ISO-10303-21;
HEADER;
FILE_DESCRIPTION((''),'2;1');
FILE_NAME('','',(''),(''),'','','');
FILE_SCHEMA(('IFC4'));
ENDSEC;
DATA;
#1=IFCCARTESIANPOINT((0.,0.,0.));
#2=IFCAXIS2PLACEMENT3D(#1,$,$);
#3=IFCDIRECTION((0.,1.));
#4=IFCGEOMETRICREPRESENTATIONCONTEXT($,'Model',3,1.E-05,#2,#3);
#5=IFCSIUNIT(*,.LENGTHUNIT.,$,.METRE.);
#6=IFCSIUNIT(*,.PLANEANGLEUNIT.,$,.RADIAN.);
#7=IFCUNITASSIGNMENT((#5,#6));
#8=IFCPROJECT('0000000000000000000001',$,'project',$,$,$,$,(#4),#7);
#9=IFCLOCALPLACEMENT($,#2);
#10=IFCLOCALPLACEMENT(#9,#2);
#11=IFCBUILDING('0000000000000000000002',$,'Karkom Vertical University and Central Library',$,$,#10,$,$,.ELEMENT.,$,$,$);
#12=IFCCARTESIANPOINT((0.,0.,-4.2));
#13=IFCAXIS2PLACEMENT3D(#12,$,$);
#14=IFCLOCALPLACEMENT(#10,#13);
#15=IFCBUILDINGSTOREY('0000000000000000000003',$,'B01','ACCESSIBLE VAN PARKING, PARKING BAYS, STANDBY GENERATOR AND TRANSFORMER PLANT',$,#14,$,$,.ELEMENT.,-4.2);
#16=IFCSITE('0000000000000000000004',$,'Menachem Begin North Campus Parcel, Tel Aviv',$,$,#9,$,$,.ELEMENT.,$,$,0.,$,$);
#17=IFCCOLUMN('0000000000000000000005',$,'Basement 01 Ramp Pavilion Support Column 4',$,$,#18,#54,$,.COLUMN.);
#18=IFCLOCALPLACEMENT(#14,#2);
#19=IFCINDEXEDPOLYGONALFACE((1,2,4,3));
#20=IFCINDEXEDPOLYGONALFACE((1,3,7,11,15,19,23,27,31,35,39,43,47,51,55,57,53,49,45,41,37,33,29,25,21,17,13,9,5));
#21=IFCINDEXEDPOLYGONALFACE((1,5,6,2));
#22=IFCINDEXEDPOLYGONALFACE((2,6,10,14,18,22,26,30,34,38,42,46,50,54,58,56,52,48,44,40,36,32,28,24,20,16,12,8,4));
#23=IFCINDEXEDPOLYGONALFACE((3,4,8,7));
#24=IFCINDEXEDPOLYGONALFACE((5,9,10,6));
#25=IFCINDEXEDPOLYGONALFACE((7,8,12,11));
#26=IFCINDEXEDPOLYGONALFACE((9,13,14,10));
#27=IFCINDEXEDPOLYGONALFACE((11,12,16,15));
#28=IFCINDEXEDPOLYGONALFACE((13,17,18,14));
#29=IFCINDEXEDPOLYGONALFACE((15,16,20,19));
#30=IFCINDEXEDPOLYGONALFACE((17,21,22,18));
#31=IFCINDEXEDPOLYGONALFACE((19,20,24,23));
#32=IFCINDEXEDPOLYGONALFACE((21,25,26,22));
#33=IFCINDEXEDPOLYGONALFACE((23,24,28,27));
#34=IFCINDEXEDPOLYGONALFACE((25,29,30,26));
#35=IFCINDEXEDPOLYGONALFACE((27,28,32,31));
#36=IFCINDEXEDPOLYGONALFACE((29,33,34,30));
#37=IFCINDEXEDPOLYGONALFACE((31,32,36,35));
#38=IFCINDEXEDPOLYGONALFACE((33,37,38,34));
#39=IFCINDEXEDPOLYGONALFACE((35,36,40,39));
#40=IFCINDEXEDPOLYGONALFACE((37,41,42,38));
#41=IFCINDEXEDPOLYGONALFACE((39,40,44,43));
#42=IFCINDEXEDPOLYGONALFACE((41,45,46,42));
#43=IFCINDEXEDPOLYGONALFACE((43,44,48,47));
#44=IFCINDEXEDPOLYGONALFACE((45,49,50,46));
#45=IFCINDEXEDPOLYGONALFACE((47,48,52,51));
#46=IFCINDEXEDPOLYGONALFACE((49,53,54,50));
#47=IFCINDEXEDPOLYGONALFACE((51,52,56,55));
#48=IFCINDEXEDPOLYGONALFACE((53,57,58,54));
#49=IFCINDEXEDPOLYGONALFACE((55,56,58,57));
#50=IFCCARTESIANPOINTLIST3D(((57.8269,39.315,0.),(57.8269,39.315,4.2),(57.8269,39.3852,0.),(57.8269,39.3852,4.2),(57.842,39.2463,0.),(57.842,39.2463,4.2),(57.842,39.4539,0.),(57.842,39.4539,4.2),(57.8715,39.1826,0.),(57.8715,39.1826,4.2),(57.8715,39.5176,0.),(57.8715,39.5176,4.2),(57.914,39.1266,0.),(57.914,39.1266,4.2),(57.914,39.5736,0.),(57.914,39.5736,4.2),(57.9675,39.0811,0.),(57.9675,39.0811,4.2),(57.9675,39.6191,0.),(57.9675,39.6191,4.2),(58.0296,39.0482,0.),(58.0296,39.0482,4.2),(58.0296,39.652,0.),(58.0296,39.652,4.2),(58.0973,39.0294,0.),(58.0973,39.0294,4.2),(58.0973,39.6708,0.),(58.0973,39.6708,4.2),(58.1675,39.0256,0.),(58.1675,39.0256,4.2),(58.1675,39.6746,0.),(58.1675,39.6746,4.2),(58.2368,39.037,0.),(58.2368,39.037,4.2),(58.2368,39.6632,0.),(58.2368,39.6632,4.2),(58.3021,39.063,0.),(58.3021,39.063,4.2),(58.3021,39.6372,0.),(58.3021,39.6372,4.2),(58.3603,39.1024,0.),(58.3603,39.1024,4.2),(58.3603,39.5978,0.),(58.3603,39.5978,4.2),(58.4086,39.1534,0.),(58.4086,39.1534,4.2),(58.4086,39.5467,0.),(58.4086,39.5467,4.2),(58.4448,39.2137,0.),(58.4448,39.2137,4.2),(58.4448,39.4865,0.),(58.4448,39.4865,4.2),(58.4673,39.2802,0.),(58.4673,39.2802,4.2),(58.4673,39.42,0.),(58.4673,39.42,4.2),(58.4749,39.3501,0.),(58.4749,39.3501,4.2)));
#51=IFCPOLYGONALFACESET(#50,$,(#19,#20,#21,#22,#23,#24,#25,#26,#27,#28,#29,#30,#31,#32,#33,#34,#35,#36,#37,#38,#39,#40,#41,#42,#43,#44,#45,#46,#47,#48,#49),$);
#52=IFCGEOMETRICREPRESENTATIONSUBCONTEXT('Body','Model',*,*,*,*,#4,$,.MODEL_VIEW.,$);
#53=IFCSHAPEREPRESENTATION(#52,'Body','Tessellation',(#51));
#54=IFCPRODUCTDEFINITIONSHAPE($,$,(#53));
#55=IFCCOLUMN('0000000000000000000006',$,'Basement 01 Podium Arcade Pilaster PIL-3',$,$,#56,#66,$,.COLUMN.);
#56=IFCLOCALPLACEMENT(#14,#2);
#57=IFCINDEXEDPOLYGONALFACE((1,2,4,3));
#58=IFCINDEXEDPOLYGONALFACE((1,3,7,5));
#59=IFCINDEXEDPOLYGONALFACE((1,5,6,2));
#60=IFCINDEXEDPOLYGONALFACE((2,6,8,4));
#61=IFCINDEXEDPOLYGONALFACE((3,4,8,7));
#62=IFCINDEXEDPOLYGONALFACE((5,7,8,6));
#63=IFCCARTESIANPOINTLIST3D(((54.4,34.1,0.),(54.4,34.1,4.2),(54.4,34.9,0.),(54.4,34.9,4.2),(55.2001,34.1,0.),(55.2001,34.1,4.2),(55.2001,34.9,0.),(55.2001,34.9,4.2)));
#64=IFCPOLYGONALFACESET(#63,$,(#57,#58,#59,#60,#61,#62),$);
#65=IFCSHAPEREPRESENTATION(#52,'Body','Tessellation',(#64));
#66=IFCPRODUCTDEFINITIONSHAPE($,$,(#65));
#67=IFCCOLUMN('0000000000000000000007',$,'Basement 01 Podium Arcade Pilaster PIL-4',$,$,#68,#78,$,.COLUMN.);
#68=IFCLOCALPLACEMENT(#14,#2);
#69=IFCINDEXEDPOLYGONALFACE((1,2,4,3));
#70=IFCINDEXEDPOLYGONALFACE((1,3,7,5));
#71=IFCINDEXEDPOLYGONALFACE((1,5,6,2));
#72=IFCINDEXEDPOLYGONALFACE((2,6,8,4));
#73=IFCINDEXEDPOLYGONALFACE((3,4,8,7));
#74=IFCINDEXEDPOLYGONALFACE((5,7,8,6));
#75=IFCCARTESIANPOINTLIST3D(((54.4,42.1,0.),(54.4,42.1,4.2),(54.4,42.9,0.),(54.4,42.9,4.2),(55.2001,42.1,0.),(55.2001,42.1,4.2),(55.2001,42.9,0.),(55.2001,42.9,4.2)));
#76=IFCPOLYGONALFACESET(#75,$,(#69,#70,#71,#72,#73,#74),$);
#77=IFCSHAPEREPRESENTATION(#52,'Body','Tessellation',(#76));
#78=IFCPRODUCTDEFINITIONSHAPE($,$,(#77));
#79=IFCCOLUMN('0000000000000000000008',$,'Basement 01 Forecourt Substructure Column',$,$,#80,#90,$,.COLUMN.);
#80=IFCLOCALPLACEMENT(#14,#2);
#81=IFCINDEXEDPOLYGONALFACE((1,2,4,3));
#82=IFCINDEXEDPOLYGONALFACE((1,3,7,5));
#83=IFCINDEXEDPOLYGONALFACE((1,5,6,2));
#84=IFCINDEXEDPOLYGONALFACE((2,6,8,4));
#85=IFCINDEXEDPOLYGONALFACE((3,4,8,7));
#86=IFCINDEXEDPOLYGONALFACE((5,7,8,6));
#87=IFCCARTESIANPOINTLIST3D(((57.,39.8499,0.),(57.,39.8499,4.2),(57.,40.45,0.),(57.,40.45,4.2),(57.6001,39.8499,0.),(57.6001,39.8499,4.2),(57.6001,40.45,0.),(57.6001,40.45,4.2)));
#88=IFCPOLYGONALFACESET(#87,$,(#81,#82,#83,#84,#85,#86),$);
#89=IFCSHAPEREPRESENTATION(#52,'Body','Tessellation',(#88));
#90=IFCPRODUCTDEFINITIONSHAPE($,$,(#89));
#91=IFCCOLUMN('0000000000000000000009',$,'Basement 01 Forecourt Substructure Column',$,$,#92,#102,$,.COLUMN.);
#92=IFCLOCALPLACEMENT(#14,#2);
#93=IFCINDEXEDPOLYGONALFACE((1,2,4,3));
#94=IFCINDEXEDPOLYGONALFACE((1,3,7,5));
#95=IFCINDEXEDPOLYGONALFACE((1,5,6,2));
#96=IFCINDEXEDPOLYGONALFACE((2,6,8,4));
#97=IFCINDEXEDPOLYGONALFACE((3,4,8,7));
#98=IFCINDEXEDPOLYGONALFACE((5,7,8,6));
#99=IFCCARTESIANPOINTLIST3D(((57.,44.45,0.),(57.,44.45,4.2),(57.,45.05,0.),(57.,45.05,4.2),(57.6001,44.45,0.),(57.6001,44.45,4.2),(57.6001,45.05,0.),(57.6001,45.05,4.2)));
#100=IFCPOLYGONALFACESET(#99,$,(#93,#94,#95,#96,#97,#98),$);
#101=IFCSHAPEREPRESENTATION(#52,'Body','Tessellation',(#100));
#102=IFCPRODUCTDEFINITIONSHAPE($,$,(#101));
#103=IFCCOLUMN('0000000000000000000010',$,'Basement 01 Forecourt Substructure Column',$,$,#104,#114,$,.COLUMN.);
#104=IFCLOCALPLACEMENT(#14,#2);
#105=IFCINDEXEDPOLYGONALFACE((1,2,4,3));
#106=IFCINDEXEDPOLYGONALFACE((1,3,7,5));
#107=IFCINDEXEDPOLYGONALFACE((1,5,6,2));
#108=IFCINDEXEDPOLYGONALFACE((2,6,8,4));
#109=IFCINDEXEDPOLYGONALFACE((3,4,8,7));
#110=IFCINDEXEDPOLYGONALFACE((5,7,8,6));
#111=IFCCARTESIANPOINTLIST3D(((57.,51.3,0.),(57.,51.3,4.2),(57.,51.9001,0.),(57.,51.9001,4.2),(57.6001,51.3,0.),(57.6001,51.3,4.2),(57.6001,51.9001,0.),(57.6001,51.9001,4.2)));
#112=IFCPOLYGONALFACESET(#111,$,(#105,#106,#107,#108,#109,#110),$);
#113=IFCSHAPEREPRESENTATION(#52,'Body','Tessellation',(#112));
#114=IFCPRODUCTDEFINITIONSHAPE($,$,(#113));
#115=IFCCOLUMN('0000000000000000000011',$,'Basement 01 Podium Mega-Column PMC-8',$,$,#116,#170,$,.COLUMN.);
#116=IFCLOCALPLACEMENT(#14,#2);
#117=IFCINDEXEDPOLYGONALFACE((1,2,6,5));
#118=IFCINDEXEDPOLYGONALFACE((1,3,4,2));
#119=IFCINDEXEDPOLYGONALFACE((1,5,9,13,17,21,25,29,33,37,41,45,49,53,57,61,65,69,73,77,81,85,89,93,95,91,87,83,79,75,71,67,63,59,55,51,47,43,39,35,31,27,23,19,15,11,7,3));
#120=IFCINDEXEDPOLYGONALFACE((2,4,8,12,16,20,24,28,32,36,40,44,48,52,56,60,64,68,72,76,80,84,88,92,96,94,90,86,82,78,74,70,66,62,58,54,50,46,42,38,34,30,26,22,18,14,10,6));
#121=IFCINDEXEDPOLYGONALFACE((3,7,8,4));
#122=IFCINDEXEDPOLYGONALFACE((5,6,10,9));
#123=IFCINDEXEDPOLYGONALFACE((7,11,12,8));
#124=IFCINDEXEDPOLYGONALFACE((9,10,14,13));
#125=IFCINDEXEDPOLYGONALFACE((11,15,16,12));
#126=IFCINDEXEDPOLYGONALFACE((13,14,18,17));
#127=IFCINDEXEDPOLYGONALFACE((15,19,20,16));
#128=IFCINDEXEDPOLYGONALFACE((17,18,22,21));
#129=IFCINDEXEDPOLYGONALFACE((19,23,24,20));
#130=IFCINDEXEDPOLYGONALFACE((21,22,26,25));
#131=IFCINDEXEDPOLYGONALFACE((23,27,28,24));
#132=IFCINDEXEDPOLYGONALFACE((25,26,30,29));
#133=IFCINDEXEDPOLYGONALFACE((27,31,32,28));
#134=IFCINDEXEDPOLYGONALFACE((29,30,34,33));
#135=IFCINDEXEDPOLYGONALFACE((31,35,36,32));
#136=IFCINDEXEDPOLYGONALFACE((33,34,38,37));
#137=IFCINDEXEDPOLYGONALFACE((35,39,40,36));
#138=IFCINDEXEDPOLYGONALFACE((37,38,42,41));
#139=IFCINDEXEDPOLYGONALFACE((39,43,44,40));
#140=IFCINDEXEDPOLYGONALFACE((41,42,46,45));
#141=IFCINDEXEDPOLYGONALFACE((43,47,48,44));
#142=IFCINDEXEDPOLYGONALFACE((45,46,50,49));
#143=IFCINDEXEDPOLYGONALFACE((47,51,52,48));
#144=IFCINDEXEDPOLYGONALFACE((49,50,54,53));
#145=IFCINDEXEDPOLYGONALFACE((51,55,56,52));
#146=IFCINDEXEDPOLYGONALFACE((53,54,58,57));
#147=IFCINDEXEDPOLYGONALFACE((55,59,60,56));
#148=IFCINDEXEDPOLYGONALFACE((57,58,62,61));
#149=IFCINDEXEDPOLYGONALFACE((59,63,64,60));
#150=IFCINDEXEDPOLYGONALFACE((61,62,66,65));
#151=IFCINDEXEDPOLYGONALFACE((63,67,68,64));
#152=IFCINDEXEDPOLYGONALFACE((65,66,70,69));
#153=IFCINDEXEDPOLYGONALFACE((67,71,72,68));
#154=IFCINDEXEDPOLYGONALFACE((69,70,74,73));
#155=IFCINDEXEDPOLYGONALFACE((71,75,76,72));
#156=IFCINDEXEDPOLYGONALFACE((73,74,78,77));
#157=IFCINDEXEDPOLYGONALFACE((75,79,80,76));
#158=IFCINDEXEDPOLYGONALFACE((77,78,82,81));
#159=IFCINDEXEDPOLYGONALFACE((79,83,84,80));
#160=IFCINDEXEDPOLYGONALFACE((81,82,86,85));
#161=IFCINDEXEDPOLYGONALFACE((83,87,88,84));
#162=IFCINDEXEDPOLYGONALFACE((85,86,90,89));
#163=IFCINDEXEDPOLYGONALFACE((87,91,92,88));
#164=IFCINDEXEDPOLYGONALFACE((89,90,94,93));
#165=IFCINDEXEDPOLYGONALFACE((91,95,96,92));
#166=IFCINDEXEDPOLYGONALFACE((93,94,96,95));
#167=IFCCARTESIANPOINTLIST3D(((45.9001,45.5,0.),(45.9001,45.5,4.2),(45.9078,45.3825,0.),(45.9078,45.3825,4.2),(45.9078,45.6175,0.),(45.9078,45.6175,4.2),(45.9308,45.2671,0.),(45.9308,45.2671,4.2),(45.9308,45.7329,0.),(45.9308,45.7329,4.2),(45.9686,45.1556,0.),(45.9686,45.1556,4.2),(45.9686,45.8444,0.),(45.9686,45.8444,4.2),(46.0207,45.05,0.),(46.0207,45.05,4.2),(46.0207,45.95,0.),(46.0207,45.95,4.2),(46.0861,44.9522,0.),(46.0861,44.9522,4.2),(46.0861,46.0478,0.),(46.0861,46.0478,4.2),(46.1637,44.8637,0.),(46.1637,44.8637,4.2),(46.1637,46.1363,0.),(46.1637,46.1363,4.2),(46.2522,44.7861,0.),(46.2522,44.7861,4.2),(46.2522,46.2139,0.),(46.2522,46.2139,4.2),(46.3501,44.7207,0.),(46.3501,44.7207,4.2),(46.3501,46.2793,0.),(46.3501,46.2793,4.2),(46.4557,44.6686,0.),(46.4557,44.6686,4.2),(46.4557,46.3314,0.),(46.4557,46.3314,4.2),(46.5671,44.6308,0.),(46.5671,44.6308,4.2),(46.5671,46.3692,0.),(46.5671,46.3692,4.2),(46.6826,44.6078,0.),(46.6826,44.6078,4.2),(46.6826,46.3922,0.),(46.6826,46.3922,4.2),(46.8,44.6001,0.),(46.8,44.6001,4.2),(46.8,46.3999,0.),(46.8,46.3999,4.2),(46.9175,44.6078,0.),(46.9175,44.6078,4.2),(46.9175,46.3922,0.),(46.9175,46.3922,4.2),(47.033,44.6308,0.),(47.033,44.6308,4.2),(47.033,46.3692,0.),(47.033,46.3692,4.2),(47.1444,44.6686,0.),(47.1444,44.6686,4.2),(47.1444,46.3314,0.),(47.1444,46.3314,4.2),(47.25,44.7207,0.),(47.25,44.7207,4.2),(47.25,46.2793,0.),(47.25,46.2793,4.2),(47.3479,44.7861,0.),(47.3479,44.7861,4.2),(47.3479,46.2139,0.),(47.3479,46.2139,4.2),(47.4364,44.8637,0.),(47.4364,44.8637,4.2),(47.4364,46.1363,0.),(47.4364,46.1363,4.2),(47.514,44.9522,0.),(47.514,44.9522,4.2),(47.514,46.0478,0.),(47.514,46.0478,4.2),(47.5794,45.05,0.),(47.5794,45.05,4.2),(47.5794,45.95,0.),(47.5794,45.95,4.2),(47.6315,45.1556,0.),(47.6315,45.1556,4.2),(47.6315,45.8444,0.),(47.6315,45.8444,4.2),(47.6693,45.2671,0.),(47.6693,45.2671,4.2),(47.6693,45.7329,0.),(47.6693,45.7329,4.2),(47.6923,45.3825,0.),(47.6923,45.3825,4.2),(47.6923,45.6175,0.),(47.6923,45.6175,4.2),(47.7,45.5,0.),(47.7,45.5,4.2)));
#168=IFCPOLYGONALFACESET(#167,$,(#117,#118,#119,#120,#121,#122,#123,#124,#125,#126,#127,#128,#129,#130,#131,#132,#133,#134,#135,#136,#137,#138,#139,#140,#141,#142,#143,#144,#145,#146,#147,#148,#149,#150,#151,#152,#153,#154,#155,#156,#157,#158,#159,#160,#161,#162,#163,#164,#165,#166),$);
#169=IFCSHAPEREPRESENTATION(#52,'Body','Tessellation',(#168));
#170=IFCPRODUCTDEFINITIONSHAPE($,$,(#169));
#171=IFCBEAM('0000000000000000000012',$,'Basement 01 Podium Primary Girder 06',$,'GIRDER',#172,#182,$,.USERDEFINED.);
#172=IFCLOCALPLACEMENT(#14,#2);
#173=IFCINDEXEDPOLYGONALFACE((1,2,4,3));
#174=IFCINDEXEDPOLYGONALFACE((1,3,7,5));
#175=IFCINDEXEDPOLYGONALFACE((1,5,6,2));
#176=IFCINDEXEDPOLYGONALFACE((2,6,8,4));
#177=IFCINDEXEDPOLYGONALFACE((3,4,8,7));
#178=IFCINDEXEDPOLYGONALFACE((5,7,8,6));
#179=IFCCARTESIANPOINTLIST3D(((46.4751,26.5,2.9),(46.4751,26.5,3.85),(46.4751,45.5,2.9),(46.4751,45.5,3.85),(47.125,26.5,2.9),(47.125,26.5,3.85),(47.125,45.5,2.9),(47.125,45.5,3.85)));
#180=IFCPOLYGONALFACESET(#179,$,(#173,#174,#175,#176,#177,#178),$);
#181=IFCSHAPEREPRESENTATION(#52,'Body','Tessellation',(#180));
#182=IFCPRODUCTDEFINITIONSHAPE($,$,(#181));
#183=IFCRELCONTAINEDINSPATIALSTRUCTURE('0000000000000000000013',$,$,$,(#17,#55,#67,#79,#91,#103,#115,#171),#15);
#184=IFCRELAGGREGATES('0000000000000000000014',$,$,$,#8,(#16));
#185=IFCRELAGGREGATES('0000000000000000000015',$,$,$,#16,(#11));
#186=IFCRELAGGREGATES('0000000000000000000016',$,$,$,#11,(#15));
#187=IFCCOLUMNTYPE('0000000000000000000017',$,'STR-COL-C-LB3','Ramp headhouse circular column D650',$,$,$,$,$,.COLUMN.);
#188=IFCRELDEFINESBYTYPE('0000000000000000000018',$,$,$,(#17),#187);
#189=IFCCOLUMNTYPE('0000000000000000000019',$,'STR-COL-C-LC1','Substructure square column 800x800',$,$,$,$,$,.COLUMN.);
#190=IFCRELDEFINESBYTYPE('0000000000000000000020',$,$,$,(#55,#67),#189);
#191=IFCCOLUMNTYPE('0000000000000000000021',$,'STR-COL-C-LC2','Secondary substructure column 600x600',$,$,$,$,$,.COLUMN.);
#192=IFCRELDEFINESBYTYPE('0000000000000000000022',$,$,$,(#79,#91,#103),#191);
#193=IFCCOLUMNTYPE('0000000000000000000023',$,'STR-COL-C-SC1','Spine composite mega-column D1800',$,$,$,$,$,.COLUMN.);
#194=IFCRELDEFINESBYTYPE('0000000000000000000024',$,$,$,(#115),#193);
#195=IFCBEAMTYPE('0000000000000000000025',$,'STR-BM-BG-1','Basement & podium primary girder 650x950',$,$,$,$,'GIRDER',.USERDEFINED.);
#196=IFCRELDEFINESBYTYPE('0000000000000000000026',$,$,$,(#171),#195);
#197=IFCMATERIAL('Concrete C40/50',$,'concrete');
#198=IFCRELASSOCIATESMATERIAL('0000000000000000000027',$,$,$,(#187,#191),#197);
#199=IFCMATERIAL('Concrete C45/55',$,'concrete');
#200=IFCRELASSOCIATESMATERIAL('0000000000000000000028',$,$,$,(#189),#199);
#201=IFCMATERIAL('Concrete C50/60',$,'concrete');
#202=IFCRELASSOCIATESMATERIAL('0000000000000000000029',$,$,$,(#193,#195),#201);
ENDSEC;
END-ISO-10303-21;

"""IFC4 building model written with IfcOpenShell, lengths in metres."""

from ifc_helpers import new_model, si_unit, direction, frame, origin, origin_with_axes, origin_2d, place, context, subcontext, project, spatial, rectangle, circle, extrude, source, transform, mapped, material, material_profile, profile_set, type_object, element, save


model = new_model("IFC4")

# Units and contexts
model_context = context("Model", 3, precision=1e-05, world=origin(), true_north=direction((0.0, 1.0)))
body_context = subcontext(model_context, "Body", "Model", "MODEL_VIEW")
ifc_project = project(units=[si_unit("LENGTHUNIT", "METRE"), si_unit("PLANEANGLEUNIT", "RADIAN")], contexts=[model_context])

# Site, building, storey
site_placement = place(None, origin())
site = spatial("IfcSite", under=ifc_project, at=site_placement, Name="Menachem Begin North Campus Parcel, Tel Aviv", CompositionType="ELEMENT", RefElevation=0.0)
building_placement = place(site_placement, origin())
building = spatial("IfcBuilding", under=site, at=building_placement, Name="Karkom Vertical University and Central Library", CompositionType="ELEMENT")
storey_placement = place(building_placement, frame((0.0, 0.0, -4.2)))
storey = spatial("IfcBuildingStorey", under=building, at=storey_placement, Name="B01", Description="ACCESSIBLE VAN PARKING, PARKING BAYS, STANDBY GENERATOR AND TRANSFORMER PLANT", CompositionType="ELEMENT", Elevation=-4.2)

# Columns
ifc_material_1 = material(Name="Concrete C40/50", Category="concrete")
ifc_material_profile_1 = material_profile(ifc_material_1, circle(Radius=0.325, at=origin_2d()), Name="RC-D650")
ifc_profile_set_1 = profile_set([ifc_material_profile_1], Name="Concrete C40/50")
column_type_1 = type_object("IfcColumnType", Name="STR-COL-C-LB3", Description="Ramp headhouse circular column D650", PredefinedType="COLUMN", material=ifc_profile_set_1)
shared_shape_1 = source(origin_with_axes(), body_context, "Body", "SweptSolid", [
    extrude(circle(Radius=0.325, at=origin_2d()), origin(), (0.0, 0.0, 1.0), 4.2),
])
column_1_placement = place(storey_placement, frame((58.1499, 39.3501, 0.0), z_axis=(0.0, 0.0, 1.0), x_axis=(1.0, 0.0, 0.0)))
element("IfcColumn", 1, at=column_1_placement, inside=storey, type_object=column_type_1, Name="Basement 01 Ramp Pavilion Support Column 4", PredefinedType="COLUMN", context=body_context, shape_type="MappedRepresentation", body=[
    mapped(shared_shape_1, transform((0.0, 0.0, 0.0), scale=1.0)),
])
ifc_material_2 = material(Name="Concrete C45/55", Category="concrete")
ifc_material_profile_2 = material_profile(ifc_material_2, rectangle(XDim=0.8, YDim=0.8, at=origin_2d()), Name="RC-800x800")
ifc_profile_set_2 = profile_set([ifc_material_profile_2], Name="Concrete C45/55")
column_type_2 = type_object("IfcColumnType", Name="STR-COL-C-LC1", Description="Substructure square column 800x800", PredefinedType="COLUMN", material=ifc_profile_set_2)
shared_shape_2 = source(origin_with_axes(), body_context, "Body", "SweptSolid", [
    extrude(rectangle(XDim=0.8, YDim=0.8, at=origin_2d()), origin(), (0.0, 0.0, 1.0), 4.2),
])
for number, where, z_axis, x_axis, name in (
    (2, (54.8, 34.5, 0.0), (0.0, 0.0, 1.0), (1.0, 0.0, 0.0), "Basement 01 Podium Arcade Pilaster PIL-3"),
    (3, (54.8, 42.5, 0.0), (0.0, 0.0, 1.0), (1.0, 0.0, 0.0), "Basement 01 Podium Arcade Pilaster PIL-4"),
):
    element("IfcColumn", number, at=place(storey_placement, frame(where, z_axis=z_axis, x_axis=x_axis)), inside=storey, type_object=column_type_2, Name=name, PredefinedType="COLUMN", context=body_context, shape_type="MappedRepresentation", body=[
        mapped(shared_shape_2, transform((0.0, 0.0, 0.0), scale=1.0)),
    ])
ifc_material_profile_3 = material_profile(ifc_material_1, rectangle(XDim=0.6001, YDim=0.6001, at=origin_2d()), Name="RC-600x600")
ifc_profile_set_3 = profile_set([ifc_material_profile_3], Name="Concrete C40/50")
column_type_3 = type_object("IfcColumnType", Name="STR-COL-C-LC2", Description="Secondary substructure column 600x600", PredefinedType="COLUMN", material=ifc_profile_set_3)
shared_shape_3 = source(origin_with_axes(), body_context, "Body", "SweptSolid", [
    extrude(rectangle(XDim=0.6001, YDim=0.6001, at=origin_2d()), origin(), (0.0, 0.0, 1.0), 4.2),
])
for number, where, z_axis, x_axis, name in (
    (4, (57.3, 40.1499, 0.0), (0.0, 0.0, 1.0), (1.0, 0.0, 0.0), "Basement 01 Forecourt Substructure Column"),
    (5, (57.3, 44.75, 0.0), (0.0, 0.0, 1.0), (1.0, 0.0, 0.0), "Basement 01 Forecourt Substructure Column"),
    (6, (57.3, 51.6001, 0.0), (0.0, 0.0, 1.0), (1.0, 0.0, 0.0), "Basement 01 Forecourt Substructure Column"),
):
    element("IfcColumn", number, at=place(storey_placement, frame(where, z_axis=z_axis, x_axis=x_axis)), inside=storey, type_object=column_type_3, Name=name, PredefinedType="COLUMN", context=body_context, shape_type="MappedRepresentation", body=[
        mapped(shared_shape_3, transform((0.0, 0.0, 0.0), scale=1.0)),
    ])
ifc_material_3 = material(Name="Concrete C50/60", Category="concrete")
ifc_material_profile_4 = material_profile(ifc_material_3, circle(Radius=0.8999, at=origin_2d()), Name="CFT-D1800")
ifc_profile_set_4 = profile_set([ifc_material_profile_4], Name="Concrete C50/60")
column_type_4 = type_object("IfcColumnType", Name="STR-COL-C-SC1", Description="Spine composite mega-column D1800", PredefinedType="COLUMN", material=ifc_profile_set_4)
shared_shape_4 = source(origin_with_axes(), body_context, "Body", "SweptSolid", [
    extrude(circle(Radius=0.8999, at=origin_2d()), origin(), (0.0, 0.0, 1.0), 4.2),
])
column_2_placement = place(storey_placement, frame((46.8, 45.5, 0.0), z_axis=(0.0, 0.0, 1.0), x_axis=(1.0, 0.0, 0.0)))
element("IfcColumn", 7, at=column_2_placement, inside=storey, type_object=column_type_4, Name="Basement 01 Podium Mega-Column PMC-8", PredefinedType="COLUMN", context=body_context, shape_type="MappedRepresentation", body=[
    mapped(shared_shape_4, transform((0.0, 0.0, 0.0), scale=1.0)),
])

# Beam
ifc_material_profile_5 = material_profile(ifc_material_3, rectangle(XDim=0.6499, YDim=0.95, at=origin_2d()), Name="RCG-650x950")
ifc_profile_set_5 = profile_set([ifc_material_profile_5], Name="Concrete C50/60")
beam_type_1 = type_object("IfcBeamType", Name="STR-BM-BG-1", Description="Basement & podium primary girder 650x950", ElementType="GIRDER", PredefinedType="USERDEFINED", material=ifc_profile_set_5)
shared_shape_5 = source(origin_with_axes(), body_context, "Body", "SweptSolid", [
    extrude(rectangle(XDim=0.6499, YDim=0.95, at=origin_2d()), origin(), (0.0, 0.0, 1.0), 19.0),
])
beam_1_placement = place(storey_placement, frame((46.8, 26.5, 3.375), z_axis=(0.0, 1.0, 0.0), x_axis=(-1.0, 0.0, 0.0)))
element("IfcBeam", 8, at=beam_1_placement, inside=storey, type_object=beam_type_1, Name="Basement 01 Podium Primary Girder 06", ObjectType="GIRDER", PredefinedType="USERDEFINED", context=body_context, shape_type="MappedRepresentation", body=[
    mapped(shared_shape_5, transform((0.0, 0.0, 0.0), scale=1.0)),
])

save(model, "model.ifc")
